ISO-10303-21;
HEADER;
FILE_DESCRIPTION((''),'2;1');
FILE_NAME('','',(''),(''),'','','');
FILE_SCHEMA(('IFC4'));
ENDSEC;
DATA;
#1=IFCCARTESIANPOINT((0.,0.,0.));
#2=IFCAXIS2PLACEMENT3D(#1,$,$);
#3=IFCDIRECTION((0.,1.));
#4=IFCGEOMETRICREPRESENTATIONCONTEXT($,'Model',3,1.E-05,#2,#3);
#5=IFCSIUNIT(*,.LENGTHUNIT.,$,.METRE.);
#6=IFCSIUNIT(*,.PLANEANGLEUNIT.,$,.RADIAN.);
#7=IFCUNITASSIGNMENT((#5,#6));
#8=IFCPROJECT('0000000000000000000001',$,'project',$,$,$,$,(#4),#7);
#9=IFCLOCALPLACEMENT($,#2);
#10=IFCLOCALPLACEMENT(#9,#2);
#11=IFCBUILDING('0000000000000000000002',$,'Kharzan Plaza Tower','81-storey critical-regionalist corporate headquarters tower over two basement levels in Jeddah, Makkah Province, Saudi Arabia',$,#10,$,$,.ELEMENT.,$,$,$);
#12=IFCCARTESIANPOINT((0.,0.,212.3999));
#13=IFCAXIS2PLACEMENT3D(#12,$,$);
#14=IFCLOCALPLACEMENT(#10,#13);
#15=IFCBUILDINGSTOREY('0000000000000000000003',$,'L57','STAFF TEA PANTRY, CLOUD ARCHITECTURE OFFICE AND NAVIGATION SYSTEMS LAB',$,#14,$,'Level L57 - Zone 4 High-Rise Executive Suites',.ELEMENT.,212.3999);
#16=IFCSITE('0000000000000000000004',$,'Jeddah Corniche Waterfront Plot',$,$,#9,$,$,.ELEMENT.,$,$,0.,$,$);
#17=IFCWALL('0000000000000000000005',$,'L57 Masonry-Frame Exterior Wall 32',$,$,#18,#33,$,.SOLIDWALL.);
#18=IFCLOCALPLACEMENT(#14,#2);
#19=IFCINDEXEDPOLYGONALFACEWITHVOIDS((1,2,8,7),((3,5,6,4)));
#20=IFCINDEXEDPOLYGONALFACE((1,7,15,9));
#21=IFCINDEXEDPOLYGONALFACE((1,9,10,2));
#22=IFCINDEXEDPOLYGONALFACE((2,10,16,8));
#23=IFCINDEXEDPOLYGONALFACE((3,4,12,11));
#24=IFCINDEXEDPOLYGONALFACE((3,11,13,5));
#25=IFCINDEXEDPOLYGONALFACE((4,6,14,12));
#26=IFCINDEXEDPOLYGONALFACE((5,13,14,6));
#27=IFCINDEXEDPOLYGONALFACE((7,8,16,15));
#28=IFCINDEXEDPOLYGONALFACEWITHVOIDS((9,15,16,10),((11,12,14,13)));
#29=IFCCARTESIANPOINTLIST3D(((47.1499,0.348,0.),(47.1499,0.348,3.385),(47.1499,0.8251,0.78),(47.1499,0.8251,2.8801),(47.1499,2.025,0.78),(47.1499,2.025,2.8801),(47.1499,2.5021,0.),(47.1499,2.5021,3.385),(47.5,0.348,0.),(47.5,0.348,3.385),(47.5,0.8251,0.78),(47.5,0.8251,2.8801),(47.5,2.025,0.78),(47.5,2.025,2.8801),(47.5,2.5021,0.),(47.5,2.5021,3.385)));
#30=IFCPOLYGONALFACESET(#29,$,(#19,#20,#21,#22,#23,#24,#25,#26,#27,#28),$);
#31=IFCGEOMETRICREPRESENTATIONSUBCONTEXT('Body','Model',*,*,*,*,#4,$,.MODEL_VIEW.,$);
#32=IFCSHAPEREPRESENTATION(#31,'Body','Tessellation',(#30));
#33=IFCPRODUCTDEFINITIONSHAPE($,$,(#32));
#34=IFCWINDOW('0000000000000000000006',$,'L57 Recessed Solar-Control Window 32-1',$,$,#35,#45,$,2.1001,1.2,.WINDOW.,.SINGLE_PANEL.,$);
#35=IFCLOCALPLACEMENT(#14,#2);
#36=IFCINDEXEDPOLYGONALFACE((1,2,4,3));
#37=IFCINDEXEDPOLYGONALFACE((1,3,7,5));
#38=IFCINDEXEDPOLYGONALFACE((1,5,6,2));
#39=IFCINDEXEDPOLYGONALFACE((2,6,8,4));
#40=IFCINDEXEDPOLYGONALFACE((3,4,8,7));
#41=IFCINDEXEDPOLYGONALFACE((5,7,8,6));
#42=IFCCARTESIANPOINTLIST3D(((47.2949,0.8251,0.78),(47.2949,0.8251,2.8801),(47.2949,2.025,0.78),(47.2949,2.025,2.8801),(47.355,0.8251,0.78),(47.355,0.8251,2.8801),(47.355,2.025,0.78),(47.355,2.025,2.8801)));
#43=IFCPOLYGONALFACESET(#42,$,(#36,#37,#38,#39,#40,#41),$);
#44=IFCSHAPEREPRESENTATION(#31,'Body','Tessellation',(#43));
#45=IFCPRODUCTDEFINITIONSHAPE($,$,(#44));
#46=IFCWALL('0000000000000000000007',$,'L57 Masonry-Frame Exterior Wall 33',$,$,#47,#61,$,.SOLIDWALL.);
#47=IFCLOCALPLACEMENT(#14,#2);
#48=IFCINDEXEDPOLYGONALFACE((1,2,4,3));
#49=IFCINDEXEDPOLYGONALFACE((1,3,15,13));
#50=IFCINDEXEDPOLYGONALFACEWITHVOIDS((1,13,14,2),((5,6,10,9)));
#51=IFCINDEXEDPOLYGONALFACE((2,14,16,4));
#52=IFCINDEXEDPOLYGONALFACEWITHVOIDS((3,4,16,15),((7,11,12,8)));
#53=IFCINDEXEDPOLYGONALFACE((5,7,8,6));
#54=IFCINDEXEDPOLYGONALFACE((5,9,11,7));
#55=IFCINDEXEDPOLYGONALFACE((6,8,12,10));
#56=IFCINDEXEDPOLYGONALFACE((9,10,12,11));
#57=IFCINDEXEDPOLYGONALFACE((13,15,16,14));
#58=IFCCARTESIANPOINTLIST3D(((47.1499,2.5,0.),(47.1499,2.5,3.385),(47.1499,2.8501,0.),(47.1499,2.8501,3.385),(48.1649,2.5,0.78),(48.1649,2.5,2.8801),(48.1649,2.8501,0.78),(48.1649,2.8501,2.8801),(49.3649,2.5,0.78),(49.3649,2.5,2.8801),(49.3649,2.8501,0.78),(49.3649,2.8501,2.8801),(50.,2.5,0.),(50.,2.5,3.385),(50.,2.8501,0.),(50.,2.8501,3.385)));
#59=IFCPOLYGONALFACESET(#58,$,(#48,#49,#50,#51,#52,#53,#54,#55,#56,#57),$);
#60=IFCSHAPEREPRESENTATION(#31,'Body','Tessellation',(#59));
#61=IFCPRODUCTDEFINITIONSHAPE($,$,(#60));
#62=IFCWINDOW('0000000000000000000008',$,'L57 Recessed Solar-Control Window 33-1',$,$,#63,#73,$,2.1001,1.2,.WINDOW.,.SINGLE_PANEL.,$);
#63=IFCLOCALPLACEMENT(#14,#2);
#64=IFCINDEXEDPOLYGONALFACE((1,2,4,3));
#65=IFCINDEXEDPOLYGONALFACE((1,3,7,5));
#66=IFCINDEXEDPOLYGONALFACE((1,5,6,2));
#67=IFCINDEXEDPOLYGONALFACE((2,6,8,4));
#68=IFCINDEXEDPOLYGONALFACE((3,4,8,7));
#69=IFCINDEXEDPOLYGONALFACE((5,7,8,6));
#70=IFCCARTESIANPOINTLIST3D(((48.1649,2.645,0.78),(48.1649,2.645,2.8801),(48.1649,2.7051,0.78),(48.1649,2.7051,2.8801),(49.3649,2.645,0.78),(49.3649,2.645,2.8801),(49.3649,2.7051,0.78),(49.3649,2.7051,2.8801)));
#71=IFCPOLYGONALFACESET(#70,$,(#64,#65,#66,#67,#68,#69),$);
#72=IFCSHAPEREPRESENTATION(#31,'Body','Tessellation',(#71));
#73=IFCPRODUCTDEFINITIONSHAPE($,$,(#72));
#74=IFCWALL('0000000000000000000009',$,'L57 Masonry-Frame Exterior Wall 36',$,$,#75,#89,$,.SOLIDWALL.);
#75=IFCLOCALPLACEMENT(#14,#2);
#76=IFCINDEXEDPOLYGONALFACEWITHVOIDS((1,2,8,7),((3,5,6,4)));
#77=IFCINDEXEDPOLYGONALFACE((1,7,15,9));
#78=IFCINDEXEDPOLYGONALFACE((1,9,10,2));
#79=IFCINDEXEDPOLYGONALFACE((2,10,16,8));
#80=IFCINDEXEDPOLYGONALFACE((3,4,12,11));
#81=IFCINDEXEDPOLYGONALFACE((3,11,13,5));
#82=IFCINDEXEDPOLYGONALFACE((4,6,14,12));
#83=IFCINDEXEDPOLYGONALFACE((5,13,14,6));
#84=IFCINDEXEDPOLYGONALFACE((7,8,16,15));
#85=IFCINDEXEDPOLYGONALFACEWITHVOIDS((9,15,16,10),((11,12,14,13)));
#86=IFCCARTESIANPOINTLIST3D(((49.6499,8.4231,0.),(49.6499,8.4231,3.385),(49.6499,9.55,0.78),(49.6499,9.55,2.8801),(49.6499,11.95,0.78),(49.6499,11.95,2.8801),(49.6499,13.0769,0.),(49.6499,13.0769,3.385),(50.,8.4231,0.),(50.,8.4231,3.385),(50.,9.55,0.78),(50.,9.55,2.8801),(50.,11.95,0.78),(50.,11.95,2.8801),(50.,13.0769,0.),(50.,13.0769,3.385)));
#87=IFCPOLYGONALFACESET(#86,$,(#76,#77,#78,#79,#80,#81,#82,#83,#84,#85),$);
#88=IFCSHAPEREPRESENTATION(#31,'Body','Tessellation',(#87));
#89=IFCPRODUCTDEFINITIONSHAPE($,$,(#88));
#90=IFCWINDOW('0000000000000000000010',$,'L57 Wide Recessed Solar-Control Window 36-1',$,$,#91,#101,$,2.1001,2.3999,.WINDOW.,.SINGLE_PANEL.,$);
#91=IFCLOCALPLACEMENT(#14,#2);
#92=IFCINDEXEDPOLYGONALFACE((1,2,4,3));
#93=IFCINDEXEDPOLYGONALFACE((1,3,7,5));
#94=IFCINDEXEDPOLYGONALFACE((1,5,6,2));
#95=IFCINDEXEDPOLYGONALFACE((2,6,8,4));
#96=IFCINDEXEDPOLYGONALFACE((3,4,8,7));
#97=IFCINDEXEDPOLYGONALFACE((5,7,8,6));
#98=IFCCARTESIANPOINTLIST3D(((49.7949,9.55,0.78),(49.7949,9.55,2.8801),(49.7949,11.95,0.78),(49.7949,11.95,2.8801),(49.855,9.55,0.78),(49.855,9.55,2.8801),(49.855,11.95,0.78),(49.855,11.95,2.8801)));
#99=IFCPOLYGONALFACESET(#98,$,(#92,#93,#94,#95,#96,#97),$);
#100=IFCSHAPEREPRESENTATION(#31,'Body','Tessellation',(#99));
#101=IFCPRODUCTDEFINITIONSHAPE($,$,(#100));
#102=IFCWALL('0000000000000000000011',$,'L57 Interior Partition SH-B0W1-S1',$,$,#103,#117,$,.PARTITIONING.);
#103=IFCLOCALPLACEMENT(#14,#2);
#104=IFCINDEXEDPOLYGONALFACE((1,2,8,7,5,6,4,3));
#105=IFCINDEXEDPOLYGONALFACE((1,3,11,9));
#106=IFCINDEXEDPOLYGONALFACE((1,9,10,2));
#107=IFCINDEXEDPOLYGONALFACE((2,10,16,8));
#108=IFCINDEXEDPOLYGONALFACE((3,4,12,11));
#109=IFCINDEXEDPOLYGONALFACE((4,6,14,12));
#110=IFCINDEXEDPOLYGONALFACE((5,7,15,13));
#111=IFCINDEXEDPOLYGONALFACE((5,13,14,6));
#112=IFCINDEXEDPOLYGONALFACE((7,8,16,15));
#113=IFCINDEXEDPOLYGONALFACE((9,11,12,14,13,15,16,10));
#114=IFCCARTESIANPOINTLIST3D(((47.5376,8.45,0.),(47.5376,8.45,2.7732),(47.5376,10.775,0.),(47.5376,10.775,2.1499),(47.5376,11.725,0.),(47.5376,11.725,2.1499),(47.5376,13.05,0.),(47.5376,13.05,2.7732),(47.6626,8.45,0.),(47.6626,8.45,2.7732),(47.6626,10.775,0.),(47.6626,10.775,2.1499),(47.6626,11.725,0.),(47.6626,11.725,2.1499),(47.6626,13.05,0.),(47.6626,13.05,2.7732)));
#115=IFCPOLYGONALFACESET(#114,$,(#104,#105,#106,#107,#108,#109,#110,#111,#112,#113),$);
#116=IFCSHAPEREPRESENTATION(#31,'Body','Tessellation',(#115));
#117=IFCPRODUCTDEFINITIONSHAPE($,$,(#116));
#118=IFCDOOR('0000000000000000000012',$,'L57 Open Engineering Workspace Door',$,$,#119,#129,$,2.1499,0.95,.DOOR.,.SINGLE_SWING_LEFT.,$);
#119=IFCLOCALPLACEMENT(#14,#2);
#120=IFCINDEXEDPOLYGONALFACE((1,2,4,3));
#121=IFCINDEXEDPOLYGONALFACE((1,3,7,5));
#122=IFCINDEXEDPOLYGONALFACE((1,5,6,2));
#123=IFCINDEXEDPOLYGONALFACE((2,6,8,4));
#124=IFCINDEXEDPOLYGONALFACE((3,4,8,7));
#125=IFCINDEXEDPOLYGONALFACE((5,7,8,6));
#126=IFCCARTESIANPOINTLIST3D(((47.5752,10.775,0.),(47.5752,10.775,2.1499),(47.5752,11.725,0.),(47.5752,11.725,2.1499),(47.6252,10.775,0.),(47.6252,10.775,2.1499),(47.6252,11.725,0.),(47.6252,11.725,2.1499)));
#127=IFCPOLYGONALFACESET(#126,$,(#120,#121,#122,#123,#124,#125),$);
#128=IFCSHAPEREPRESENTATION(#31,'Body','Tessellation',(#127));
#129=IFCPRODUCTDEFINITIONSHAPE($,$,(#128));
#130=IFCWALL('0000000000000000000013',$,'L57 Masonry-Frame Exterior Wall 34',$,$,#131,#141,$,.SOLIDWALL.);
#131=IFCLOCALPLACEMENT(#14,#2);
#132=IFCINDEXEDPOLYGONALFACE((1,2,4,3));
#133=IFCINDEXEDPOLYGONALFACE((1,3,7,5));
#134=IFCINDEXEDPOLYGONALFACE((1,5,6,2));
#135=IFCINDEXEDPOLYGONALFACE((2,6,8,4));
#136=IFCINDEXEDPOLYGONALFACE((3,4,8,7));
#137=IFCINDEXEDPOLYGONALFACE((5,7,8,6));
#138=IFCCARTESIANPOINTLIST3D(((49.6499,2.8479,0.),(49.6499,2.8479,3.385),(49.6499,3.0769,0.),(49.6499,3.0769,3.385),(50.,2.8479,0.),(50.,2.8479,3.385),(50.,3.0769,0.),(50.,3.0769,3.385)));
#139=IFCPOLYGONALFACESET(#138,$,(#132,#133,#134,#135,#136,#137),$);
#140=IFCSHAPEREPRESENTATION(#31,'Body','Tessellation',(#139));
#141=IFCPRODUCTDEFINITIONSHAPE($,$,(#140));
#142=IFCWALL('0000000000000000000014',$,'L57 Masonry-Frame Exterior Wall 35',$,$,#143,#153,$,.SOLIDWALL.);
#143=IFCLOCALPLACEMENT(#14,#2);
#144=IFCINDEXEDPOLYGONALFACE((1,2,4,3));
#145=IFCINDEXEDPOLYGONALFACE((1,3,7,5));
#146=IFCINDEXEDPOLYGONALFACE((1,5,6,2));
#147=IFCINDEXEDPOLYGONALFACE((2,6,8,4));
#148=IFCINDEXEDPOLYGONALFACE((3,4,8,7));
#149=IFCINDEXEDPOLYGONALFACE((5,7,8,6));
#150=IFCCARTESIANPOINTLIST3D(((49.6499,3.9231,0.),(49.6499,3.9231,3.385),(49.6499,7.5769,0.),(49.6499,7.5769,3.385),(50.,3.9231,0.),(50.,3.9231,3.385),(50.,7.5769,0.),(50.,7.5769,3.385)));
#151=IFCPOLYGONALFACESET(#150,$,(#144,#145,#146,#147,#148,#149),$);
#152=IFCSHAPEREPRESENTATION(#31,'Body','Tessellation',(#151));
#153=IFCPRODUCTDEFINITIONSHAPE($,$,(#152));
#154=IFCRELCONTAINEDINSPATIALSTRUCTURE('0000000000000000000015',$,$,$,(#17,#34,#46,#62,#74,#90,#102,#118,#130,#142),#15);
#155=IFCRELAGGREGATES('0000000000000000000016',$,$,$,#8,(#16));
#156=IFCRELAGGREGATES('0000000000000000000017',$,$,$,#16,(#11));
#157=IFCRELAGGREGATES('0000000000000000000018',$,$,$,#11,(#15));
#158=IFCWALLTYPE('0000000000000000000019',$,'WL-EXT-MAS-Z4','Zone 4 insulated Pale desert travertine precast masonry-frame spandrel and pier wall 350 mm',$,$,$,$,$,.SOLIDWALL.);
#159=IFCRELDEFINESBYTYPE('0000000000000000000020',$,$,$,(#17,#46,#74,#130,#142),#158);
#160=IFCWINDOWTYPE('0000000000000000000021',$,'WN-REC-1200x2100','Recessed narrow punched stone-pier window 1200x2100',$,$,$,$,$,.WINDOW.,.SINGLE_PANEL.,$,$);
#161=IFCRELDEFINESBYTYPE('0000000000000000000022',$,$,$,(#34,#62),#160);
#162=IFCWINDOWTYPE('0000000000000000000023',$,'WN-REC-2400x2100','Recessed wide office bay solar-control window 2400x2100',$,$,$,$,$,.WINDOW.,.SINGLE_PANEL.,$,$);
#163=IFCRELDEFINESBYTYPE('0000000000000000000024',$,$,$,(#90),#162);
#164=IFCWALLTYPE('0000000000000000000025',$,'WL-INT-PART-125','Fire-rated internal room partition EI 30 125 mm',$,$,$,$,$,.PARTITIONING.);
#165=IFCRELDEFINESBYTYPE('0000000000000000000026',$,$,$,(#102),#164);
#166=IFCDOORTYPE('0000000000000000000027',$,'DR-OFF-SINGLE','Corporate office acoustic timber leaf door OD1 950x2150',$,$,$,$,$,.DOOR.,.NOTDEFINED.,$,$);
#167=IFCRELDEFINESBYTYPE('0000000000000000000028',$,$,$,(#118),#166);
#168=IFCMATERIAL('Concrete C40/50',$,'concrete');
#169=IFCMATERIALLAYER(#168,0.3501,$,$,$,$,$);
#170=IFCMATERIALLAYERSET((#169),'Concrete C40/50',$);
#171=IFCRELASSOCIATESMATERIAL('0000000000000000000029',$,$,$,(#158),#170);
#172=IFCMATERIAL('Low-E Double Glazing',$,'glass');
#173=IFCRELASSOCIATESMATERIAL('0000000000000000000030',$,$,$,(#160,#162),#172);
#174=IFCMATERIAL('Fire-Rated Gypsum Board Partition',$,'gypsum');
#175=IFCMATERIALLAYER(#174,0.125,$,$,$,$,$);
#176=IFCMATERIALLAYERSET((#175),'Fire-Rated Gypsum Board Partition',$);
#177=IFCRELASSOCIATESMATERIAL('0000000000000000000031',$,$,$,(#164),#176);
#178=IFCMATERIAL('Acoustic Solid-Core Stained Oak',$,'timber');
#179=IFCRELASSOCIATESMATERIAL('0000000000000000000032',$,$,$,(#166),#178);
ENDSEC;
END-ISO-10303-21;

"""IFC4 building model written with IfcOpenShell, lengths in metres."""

from ifc_helpers import new_model, si_unit, direction, frame, frame_2d, origin, place, context, subcontext, project, spatial, rectangle, extrude, source, transform, mapped, material, layer, layer_set, type_object, element, fill, save


model = new_model("IFC4")

# Units and contexts
model_context = context("Model", 3, precision=1e-05, world=origin(), true_north=direction((0.0, 1.0)))
body_context = subcontext(model_context, "Body", "Model", "MODEL_VIEW")
ifc_project = project(units=[si_unit("LENGTHUNIT", "METRE"), si_unit("PLANEANGLEUNIT", "RADIAN")], contexts=[model_context])

# Site, building, storey
site_placement = place(None, origin())
site = spatial("IfcSite", under=ifc_project, at=site_placement, Name="Jeddah Corniche Waterfront Plot", CompositionType="ELEMENT", RefElevation=0.0)
building_placement = place(site_placement, origin())
building = spatial("IfcBuilding", under=site, at=building_placement, Name="Kharzan Plaza Tower", Description="81-storey critical-regionalist corporate headquarters tower over two basement levels in Jeddah, Makkah Province, Saudi Arabia", CompositionType="ELEMENT")
storey_placement = place(building_placement, frame((0.0, 0.0, 212.3999)))
storey = spatial("IfcBuildingStorey", under=building, at=storey_placement, Name="L57", Description="STAFF TEA PANTRY, CLOUD ARCHITECTURE OFFICE AND NAVIGATION SYSTEMS LAB", LongName="Level L57 - Zone 4 High-Rise Executive Suites", CompositionType="ELEMENT", Elevation=212.3999)

# Walls, openings, windows
ifc_material_1 = material(Name="Concrete C40/50", Category="concrete")
ifc_layer_1 = layer(ifc_material_1, 0.3501)
ifc_layer_set_1 = layer_set([ifc_layer_1], Name="Concrete C40/50")
wall_type_1 = type_object("IfcWallType", Name="WL-EXT-MAS-Z4", Description="Zone 4 insulated Pale desert travertine precast masonry-frame spandrel and pier wall 350 mm", PredefinedType="SOLIDWALL", material=ifc_layer_set_1)
wall_1_placement = place(storey_placement, frame((47.325, 0.3479, 0.0), z_axis=(0.0, 0.0, 1.0), x_axis=(0.0, 1.0, 0.0)))
wall_1 = element("IfcWall", 1, at=wall_1_placement, inside=storey, type_object=wall_type_1, Name="L57 Masonry-Frame Exterior Wall 32", PredefinedType="SOLIDWALL", context=body_context, shape_type="SweptSolid", body=[
    extrude(rectangle(XDim=2.1541, YDim=0.3501, at=frame_2d((1.0771, 0.0))), origin(), (0.0, 0.0, 1.0), 3.385),
])
opening_1_placement = place(wall_1_placement, frame((0.4771, 0.0, 0.78)))
opening_1 = element("IfcOpeningElement", 2, at=opening_1_placement, cuts=wall_1, PredefinedType="OPENING", context=body_context, shape_type="SweptSolid", body=[
    extrude(rectangle(XDim=1.2, YDim=2.1001, at=frame_2d((0.6001, 1.05))), frame((0.0, 0.1851, 0.0), z_axis=(0.0, -1.0, 0.0), x_axis=(1.0, 0.0, 0.0)), (0.0, 0.0, 1.0), 0.3701),
])
ifc_material_2 = material(Name="Low-E Double Glazing", Category="glass")
window_type_1 = type_object("IfcWindowType", Name="WN-REC-1200x2100", Description="Recessed narrow punched stone-pier window 1200x2100", PartitioningType="SINGLE_PANEL", PredefinedType="WINDOW", material=ifc_material_2)
shared_shape_1 = source(origin(), body_context, "Body", "SweptSolid", [
    extrude(rectangle(XDim=1.2, YDim=2.1001, at=frame_2d((0.6001, 1.05))), frame((0.0, 0.03, 0.0), z_axis=(0.0, -1.0, 0.0), x_axis=(1.0, 0.0, 0.0)), (0.0, 0.0, 1.0), 0.0601),
])
window_1_placement = place(opening_1_placement, origin())
window_1 = element("IfcWindow", 3, at=window_1_placement, inside=storey, type_object=window_type_1, Name="L57 Recessed Solar-Control Window 32-1", OverallHeight=2.1001, OverallWidth=1.2, PartitioningType="SINGLE_PANEL", PredefinedType="WINDOW", context=body_context, shape_type="MappedRepresentation", body=[
    mapped(shared_shape_1, transform((0.0, 0.0, 0.0), x_axis=(1.0, 0.0, 0.0), y_axis=(0.0, 1.0, 0.0), z_axis=(0.0, 0.0, 1.0))),
])
fill(opening_1, window_1)
wall_2_placement = place(storey_placement, frame((47.1499, 2.675, 0.0), z_axis=(0.0, 0.0, 1.0), x_axis=(1.0, 0.0, 0.0)))
wall_2 = element("IfcWall", 4, at=wall_2_placement, inside=storey, type_object=wall_type_1, Name="L57 Masonry-Frame Exterior Wall 33", PredefinedType="SOLIDWALL", context=body_context, shape_type="SweptSolid", body=[
    extrude(rectangle(XDim=2.8501, YDim=0.3501, at=frame_2d((1.425, 0.0))), origin(), (0.0, 0.0, 1.0), 3.385),
])
opening_2_placement = place(wall_2_placement, frame((1.0149, 0.0, 0.78)))
opening_2 = element("IfcOpeningElement", 5, at=opening_2_placement, cuts=wall_2, PredefinedType="OPENING", context=body_context, shape_type="SweptSolid", body=[
    extrude(rectangle(XDim=1.2, YDim=2.1001, at=frame_2d((0.6001, 1.05))), frame((0.0, 0.1851, 0.0), z_axis=(0.0, -1.0, 0.0), x_axis=(1.0, 0.0, 0.0)), (0.0, 0.0, 1.0), 0.3701),
])
window_2_placement = place(opening_2_placement, origin())
window_2 = element("IfcWindow", 6, at=window_2_placement, inside=storey, type_object=window_type_1, Name="L57 Recessed Solar-Control Window 33-1", OverallHeight=2.1001, OverallWidth=1.2, PartitioningType="SINGLE_PANEL", PredefinedType="WINDOW", context=body_context, shape_type="MappedRepresentation", body=[
    mapped(shared_shape_1, transform((0.0, 0.0, 0.0), x_axis=(1.0, 0.0, 0.0), y_axis=(0.0, 1.0, 0.0), z_axis=(0.0, 0.0, 1.0))),
])
fill(opening_2, window_2)
wall_3_placement = place(storey_placement, frame((49.825, 8.4231, 0.0), z_axis=(0.0, 0.0, 1.0), x_axis=(0.0, 1.0, 0.0)))
wall_3 = element("IfcWall", 7, at=wall_3_placement, inside=storey, type_object=wall_type_1, Name="L57 Masonry-Frame Exterior Wall 36", PredefinedType="SOLIDWALL", context=body_context, shape_type="SweptSolid", body=[
    extrude(rectangle(XDim=4.6538, YDim=0.3501, at=frame_2d((2.3269, 0.0))), origin(), (0.0, 0.0, 1.0), 3.385),
])
opening_3_placement = place(wall_3_placement, frame((1.127, 0.0, 0.78)))
opening_3 = element("IfcOpeningElement", 8, at=opening_3_placement, cuts=wall_3, PredefinedType="OPENING", context=body_context, shape_type="SweptSolid", body=[
    extrude(rectangle(XDim=2.3999, YDim=2.1001, at=frame_2d((1.2, 1.05))), frame((0.0, 0.1851, 0.0), z_axis=(0.0, -1.0, 0.0), x_axis=(1.0, 0.0, 0.0)), (0.0, 0.0, 1.0), 0.3701),
])
window_type_2 = type_object("IfcWindowType", Name="WN-REC-2400x2100", Description="Recessed wide office bay solar-control window 2400x2100", PartitioningType="SINGLE_PANEL", PredefinedType="WINDOW", material=ifc_material_2)
shared_shape_2 = source(origin(), body_context, "Body", "SweptSolid", [
    extrude(rectangle(XDim=2.3999, YDim=2.1001, at=frame_2d((1.2, 1.05))), frame((0.0, 0.03, 0.0), z_axis=(0.0, -1.0, 0.0), x_axis=(1.0, 0.0, 0.0)), (0.0, 0.0, 1.0), 0.0601),
])
window_3_placement = place(opening_3_placement, origin())
window_3 = element("IfcWindow", 9, at=window_3_placement, inside=storey, type_object=window_type_2, Name="L57 Wide Recessed Solar-Control Window 36-1", OverallHeight=2.1001, OverallWidth=2.3999, PartitioningType="SINGLE_PANEL", PredefinedType="WINDOW", context=body_context, shape_type="MappedRepresentation", body=[
    mapped(shared_shape_2, transform((0.0, 0.0, 0.0), x_axis=(1.0, 0.0, 0.0), y_axis=(0.0, 1.0, 0.0), z_axis=(0.0, 0.0, 1.0))),
])
fill(opening_3, window_3)

# Wall, opening, door
ifc_material_3 = material(Name="Fire-Rated Gypsum Board Partition", Category="gypsum")
ifc_layer_2 = layer(ifc_material_3, 0.125)
ifc_layer_set_2 = layer_set([ifc_layer_2], Name="Fire-Rated Gypsum Board Partition")
wall_type_2 = type_object("IfcWallType", Name="WL-INT-PART-125", Description="Fire-rated internal room partition EI 30 125 mm", PredefinedType="PARTITIONING", material=ifc_layer_set_2)
ifc_material_4 = material(Name="Acoustic Solid-Core Stained Oak", Category="timber")
door_type_1 = type_object("IfcDoorType", Name="DR-OFF-SINGLE", Description="Corporate office acoustic timber leaf door OD1 950x2150", OperationType="NOTDEFINED", PredefinedType="DOOR", material=ifc_material_4)
shared_shape_3 = source(origin(), body_context, "Body", "SweptSolid", [
    extrude(rectangle(XDim=0.95, YDim=2.1499, at=frame_2d((0.4751, 1.075))), frame((0.0, 0.0249, 0.0), z_axis=(0.0, -1.0, 0.0), x_axis=(1.0, 0.0, 0.0)), (0.0, 0.0, 1.0), 0.05),
])
wall_4_placement = place(storey_placement, frame((47.6001, 8.45, 0.0), z_axis=(0.0, 0.0, 1.0), x_axis=(0.0, 1.0, 0.0)))
wall_4 = element("IfcWall", 10, at=wall_4_placement, inside=storey, type_object=wall_type_2, Name="L57 Interior Partition SH-B0W1-S1", PredefinedType="PARTITIONING", context=body_context, shape_type="SweptSolid", body=[
    extrude(rectangle(XDim=4.6001, YDim=0.125, at=frame_2d((2.3, 0.0))), origin(), (0.0, 0.0, 1.0), 2.7732),
])
opening_4_placement = place(wall_4_placement, frame((2.325, 0.0, 0.0)))
opening_4 = element("IfcOpeningElement", 11, at=opening_4_placement, cuts=wall_4, PredefinedType="OPENING", context=body_context, shape_type="SweptSolid", body=[
    extrude(rectangle(XDim=0.95, YDim=2.1499, at=frame_2d((0.4751, 1.075))), frame((0.0, 0.0725, 0.0), z_axis=(0.0, -1.0, 0.0), x_axis=(1.0, 0.0, 0.0)), (0.0, 0.0, 1.0), 0.145),
])
door_1_placement = place(opening_4_placement, origin())
door_1 = element("IfcDoor", 12, at=door_1_placement, inside=storey, type_object=door_type_1, Name="L57 Open Engineering Workspace Door", OperationType="SINGLE_SWING_LEFT", OverallHeight=2.1499, OverallWidth=0.95, PredefinedType="DOOR", context=body_context, shape_type="MappedRepresentation", body=[
    mapped(shared_shape_3, transform((0.0, 0.0, 0.0), x_axis=(1.0, 0.0, 0.0), y_axis=(0.0, 1.0, 0.0), z_axis=(0.0, 0.0, 1.0))),
])
fill(opening_4, door_1)

# Walls
shared_shape_4 = source(origin(), body_context, "Body", "SweptSolid", [
    extrude(rectangle(XDim=0.229, YDim=0.3501, at=frame_2d((0.1145, 0.0))), origin(), (0.0, 0.0, 1.0), 3.385),
])
wall_5_placement = place(storey_placement, frame((49.825, 2.8479, 0.0), z_axis=(0.0, 0.0, 1.0), x_axis=(0.0, 1.0, 0.0)))
element("IfcWall", 13, at=wall_5_placement, inside=storey, type_object=wall_type_1, Name="L57 Masonry-Frame Exterior Wall 34", PredefinedType="SOLIDWALL", context=body_context, shape_type="MappedRepresentation", body=[
    mapped(shared_shape_4, transform((0.0, 0.0, 0.0), x_axis=(1.0, 0.0, 0.0), y_axis=(0.0, 1.0, 0.0), z_axis=(0.0, 0.0, 1.0))),
])
shared_shape_5 = source(origin(), body_context, "Body", "SweptSolid", [
    extrude(rectangle(XDim=3.6538, YDim=0.3501, at=frame_2d((1.8269, 0.0))), origin(), (0.0, 0.0, 1.0), 3.385),
])
wall_6_placement = place(storey_placement, frame((49.825, 3.9231, 0.0), z_axis=(0.0, 0.0, 1.0), x_axis=(0.0, 1.0, 0.0)))
element("IfcWall", 14, at=wall_6_placement, inside=storey, type_object=wall_type_1, Name="L57 Masonry-Frame Exterior Wall 35", PredefinedType="SOLIDWALL", context=body_context, shape_type="MappedRepresentation", body=[
    mapped(shared_shape_5, transform((0.0, 0.0, 0.0), x_axis=(1.0, 0.0, 0.0), y_axis=(0.0, 1.0, 0.0), z_axis=(0.0, 0.0, 1.0))),
])

save(model, "model.ifc")
